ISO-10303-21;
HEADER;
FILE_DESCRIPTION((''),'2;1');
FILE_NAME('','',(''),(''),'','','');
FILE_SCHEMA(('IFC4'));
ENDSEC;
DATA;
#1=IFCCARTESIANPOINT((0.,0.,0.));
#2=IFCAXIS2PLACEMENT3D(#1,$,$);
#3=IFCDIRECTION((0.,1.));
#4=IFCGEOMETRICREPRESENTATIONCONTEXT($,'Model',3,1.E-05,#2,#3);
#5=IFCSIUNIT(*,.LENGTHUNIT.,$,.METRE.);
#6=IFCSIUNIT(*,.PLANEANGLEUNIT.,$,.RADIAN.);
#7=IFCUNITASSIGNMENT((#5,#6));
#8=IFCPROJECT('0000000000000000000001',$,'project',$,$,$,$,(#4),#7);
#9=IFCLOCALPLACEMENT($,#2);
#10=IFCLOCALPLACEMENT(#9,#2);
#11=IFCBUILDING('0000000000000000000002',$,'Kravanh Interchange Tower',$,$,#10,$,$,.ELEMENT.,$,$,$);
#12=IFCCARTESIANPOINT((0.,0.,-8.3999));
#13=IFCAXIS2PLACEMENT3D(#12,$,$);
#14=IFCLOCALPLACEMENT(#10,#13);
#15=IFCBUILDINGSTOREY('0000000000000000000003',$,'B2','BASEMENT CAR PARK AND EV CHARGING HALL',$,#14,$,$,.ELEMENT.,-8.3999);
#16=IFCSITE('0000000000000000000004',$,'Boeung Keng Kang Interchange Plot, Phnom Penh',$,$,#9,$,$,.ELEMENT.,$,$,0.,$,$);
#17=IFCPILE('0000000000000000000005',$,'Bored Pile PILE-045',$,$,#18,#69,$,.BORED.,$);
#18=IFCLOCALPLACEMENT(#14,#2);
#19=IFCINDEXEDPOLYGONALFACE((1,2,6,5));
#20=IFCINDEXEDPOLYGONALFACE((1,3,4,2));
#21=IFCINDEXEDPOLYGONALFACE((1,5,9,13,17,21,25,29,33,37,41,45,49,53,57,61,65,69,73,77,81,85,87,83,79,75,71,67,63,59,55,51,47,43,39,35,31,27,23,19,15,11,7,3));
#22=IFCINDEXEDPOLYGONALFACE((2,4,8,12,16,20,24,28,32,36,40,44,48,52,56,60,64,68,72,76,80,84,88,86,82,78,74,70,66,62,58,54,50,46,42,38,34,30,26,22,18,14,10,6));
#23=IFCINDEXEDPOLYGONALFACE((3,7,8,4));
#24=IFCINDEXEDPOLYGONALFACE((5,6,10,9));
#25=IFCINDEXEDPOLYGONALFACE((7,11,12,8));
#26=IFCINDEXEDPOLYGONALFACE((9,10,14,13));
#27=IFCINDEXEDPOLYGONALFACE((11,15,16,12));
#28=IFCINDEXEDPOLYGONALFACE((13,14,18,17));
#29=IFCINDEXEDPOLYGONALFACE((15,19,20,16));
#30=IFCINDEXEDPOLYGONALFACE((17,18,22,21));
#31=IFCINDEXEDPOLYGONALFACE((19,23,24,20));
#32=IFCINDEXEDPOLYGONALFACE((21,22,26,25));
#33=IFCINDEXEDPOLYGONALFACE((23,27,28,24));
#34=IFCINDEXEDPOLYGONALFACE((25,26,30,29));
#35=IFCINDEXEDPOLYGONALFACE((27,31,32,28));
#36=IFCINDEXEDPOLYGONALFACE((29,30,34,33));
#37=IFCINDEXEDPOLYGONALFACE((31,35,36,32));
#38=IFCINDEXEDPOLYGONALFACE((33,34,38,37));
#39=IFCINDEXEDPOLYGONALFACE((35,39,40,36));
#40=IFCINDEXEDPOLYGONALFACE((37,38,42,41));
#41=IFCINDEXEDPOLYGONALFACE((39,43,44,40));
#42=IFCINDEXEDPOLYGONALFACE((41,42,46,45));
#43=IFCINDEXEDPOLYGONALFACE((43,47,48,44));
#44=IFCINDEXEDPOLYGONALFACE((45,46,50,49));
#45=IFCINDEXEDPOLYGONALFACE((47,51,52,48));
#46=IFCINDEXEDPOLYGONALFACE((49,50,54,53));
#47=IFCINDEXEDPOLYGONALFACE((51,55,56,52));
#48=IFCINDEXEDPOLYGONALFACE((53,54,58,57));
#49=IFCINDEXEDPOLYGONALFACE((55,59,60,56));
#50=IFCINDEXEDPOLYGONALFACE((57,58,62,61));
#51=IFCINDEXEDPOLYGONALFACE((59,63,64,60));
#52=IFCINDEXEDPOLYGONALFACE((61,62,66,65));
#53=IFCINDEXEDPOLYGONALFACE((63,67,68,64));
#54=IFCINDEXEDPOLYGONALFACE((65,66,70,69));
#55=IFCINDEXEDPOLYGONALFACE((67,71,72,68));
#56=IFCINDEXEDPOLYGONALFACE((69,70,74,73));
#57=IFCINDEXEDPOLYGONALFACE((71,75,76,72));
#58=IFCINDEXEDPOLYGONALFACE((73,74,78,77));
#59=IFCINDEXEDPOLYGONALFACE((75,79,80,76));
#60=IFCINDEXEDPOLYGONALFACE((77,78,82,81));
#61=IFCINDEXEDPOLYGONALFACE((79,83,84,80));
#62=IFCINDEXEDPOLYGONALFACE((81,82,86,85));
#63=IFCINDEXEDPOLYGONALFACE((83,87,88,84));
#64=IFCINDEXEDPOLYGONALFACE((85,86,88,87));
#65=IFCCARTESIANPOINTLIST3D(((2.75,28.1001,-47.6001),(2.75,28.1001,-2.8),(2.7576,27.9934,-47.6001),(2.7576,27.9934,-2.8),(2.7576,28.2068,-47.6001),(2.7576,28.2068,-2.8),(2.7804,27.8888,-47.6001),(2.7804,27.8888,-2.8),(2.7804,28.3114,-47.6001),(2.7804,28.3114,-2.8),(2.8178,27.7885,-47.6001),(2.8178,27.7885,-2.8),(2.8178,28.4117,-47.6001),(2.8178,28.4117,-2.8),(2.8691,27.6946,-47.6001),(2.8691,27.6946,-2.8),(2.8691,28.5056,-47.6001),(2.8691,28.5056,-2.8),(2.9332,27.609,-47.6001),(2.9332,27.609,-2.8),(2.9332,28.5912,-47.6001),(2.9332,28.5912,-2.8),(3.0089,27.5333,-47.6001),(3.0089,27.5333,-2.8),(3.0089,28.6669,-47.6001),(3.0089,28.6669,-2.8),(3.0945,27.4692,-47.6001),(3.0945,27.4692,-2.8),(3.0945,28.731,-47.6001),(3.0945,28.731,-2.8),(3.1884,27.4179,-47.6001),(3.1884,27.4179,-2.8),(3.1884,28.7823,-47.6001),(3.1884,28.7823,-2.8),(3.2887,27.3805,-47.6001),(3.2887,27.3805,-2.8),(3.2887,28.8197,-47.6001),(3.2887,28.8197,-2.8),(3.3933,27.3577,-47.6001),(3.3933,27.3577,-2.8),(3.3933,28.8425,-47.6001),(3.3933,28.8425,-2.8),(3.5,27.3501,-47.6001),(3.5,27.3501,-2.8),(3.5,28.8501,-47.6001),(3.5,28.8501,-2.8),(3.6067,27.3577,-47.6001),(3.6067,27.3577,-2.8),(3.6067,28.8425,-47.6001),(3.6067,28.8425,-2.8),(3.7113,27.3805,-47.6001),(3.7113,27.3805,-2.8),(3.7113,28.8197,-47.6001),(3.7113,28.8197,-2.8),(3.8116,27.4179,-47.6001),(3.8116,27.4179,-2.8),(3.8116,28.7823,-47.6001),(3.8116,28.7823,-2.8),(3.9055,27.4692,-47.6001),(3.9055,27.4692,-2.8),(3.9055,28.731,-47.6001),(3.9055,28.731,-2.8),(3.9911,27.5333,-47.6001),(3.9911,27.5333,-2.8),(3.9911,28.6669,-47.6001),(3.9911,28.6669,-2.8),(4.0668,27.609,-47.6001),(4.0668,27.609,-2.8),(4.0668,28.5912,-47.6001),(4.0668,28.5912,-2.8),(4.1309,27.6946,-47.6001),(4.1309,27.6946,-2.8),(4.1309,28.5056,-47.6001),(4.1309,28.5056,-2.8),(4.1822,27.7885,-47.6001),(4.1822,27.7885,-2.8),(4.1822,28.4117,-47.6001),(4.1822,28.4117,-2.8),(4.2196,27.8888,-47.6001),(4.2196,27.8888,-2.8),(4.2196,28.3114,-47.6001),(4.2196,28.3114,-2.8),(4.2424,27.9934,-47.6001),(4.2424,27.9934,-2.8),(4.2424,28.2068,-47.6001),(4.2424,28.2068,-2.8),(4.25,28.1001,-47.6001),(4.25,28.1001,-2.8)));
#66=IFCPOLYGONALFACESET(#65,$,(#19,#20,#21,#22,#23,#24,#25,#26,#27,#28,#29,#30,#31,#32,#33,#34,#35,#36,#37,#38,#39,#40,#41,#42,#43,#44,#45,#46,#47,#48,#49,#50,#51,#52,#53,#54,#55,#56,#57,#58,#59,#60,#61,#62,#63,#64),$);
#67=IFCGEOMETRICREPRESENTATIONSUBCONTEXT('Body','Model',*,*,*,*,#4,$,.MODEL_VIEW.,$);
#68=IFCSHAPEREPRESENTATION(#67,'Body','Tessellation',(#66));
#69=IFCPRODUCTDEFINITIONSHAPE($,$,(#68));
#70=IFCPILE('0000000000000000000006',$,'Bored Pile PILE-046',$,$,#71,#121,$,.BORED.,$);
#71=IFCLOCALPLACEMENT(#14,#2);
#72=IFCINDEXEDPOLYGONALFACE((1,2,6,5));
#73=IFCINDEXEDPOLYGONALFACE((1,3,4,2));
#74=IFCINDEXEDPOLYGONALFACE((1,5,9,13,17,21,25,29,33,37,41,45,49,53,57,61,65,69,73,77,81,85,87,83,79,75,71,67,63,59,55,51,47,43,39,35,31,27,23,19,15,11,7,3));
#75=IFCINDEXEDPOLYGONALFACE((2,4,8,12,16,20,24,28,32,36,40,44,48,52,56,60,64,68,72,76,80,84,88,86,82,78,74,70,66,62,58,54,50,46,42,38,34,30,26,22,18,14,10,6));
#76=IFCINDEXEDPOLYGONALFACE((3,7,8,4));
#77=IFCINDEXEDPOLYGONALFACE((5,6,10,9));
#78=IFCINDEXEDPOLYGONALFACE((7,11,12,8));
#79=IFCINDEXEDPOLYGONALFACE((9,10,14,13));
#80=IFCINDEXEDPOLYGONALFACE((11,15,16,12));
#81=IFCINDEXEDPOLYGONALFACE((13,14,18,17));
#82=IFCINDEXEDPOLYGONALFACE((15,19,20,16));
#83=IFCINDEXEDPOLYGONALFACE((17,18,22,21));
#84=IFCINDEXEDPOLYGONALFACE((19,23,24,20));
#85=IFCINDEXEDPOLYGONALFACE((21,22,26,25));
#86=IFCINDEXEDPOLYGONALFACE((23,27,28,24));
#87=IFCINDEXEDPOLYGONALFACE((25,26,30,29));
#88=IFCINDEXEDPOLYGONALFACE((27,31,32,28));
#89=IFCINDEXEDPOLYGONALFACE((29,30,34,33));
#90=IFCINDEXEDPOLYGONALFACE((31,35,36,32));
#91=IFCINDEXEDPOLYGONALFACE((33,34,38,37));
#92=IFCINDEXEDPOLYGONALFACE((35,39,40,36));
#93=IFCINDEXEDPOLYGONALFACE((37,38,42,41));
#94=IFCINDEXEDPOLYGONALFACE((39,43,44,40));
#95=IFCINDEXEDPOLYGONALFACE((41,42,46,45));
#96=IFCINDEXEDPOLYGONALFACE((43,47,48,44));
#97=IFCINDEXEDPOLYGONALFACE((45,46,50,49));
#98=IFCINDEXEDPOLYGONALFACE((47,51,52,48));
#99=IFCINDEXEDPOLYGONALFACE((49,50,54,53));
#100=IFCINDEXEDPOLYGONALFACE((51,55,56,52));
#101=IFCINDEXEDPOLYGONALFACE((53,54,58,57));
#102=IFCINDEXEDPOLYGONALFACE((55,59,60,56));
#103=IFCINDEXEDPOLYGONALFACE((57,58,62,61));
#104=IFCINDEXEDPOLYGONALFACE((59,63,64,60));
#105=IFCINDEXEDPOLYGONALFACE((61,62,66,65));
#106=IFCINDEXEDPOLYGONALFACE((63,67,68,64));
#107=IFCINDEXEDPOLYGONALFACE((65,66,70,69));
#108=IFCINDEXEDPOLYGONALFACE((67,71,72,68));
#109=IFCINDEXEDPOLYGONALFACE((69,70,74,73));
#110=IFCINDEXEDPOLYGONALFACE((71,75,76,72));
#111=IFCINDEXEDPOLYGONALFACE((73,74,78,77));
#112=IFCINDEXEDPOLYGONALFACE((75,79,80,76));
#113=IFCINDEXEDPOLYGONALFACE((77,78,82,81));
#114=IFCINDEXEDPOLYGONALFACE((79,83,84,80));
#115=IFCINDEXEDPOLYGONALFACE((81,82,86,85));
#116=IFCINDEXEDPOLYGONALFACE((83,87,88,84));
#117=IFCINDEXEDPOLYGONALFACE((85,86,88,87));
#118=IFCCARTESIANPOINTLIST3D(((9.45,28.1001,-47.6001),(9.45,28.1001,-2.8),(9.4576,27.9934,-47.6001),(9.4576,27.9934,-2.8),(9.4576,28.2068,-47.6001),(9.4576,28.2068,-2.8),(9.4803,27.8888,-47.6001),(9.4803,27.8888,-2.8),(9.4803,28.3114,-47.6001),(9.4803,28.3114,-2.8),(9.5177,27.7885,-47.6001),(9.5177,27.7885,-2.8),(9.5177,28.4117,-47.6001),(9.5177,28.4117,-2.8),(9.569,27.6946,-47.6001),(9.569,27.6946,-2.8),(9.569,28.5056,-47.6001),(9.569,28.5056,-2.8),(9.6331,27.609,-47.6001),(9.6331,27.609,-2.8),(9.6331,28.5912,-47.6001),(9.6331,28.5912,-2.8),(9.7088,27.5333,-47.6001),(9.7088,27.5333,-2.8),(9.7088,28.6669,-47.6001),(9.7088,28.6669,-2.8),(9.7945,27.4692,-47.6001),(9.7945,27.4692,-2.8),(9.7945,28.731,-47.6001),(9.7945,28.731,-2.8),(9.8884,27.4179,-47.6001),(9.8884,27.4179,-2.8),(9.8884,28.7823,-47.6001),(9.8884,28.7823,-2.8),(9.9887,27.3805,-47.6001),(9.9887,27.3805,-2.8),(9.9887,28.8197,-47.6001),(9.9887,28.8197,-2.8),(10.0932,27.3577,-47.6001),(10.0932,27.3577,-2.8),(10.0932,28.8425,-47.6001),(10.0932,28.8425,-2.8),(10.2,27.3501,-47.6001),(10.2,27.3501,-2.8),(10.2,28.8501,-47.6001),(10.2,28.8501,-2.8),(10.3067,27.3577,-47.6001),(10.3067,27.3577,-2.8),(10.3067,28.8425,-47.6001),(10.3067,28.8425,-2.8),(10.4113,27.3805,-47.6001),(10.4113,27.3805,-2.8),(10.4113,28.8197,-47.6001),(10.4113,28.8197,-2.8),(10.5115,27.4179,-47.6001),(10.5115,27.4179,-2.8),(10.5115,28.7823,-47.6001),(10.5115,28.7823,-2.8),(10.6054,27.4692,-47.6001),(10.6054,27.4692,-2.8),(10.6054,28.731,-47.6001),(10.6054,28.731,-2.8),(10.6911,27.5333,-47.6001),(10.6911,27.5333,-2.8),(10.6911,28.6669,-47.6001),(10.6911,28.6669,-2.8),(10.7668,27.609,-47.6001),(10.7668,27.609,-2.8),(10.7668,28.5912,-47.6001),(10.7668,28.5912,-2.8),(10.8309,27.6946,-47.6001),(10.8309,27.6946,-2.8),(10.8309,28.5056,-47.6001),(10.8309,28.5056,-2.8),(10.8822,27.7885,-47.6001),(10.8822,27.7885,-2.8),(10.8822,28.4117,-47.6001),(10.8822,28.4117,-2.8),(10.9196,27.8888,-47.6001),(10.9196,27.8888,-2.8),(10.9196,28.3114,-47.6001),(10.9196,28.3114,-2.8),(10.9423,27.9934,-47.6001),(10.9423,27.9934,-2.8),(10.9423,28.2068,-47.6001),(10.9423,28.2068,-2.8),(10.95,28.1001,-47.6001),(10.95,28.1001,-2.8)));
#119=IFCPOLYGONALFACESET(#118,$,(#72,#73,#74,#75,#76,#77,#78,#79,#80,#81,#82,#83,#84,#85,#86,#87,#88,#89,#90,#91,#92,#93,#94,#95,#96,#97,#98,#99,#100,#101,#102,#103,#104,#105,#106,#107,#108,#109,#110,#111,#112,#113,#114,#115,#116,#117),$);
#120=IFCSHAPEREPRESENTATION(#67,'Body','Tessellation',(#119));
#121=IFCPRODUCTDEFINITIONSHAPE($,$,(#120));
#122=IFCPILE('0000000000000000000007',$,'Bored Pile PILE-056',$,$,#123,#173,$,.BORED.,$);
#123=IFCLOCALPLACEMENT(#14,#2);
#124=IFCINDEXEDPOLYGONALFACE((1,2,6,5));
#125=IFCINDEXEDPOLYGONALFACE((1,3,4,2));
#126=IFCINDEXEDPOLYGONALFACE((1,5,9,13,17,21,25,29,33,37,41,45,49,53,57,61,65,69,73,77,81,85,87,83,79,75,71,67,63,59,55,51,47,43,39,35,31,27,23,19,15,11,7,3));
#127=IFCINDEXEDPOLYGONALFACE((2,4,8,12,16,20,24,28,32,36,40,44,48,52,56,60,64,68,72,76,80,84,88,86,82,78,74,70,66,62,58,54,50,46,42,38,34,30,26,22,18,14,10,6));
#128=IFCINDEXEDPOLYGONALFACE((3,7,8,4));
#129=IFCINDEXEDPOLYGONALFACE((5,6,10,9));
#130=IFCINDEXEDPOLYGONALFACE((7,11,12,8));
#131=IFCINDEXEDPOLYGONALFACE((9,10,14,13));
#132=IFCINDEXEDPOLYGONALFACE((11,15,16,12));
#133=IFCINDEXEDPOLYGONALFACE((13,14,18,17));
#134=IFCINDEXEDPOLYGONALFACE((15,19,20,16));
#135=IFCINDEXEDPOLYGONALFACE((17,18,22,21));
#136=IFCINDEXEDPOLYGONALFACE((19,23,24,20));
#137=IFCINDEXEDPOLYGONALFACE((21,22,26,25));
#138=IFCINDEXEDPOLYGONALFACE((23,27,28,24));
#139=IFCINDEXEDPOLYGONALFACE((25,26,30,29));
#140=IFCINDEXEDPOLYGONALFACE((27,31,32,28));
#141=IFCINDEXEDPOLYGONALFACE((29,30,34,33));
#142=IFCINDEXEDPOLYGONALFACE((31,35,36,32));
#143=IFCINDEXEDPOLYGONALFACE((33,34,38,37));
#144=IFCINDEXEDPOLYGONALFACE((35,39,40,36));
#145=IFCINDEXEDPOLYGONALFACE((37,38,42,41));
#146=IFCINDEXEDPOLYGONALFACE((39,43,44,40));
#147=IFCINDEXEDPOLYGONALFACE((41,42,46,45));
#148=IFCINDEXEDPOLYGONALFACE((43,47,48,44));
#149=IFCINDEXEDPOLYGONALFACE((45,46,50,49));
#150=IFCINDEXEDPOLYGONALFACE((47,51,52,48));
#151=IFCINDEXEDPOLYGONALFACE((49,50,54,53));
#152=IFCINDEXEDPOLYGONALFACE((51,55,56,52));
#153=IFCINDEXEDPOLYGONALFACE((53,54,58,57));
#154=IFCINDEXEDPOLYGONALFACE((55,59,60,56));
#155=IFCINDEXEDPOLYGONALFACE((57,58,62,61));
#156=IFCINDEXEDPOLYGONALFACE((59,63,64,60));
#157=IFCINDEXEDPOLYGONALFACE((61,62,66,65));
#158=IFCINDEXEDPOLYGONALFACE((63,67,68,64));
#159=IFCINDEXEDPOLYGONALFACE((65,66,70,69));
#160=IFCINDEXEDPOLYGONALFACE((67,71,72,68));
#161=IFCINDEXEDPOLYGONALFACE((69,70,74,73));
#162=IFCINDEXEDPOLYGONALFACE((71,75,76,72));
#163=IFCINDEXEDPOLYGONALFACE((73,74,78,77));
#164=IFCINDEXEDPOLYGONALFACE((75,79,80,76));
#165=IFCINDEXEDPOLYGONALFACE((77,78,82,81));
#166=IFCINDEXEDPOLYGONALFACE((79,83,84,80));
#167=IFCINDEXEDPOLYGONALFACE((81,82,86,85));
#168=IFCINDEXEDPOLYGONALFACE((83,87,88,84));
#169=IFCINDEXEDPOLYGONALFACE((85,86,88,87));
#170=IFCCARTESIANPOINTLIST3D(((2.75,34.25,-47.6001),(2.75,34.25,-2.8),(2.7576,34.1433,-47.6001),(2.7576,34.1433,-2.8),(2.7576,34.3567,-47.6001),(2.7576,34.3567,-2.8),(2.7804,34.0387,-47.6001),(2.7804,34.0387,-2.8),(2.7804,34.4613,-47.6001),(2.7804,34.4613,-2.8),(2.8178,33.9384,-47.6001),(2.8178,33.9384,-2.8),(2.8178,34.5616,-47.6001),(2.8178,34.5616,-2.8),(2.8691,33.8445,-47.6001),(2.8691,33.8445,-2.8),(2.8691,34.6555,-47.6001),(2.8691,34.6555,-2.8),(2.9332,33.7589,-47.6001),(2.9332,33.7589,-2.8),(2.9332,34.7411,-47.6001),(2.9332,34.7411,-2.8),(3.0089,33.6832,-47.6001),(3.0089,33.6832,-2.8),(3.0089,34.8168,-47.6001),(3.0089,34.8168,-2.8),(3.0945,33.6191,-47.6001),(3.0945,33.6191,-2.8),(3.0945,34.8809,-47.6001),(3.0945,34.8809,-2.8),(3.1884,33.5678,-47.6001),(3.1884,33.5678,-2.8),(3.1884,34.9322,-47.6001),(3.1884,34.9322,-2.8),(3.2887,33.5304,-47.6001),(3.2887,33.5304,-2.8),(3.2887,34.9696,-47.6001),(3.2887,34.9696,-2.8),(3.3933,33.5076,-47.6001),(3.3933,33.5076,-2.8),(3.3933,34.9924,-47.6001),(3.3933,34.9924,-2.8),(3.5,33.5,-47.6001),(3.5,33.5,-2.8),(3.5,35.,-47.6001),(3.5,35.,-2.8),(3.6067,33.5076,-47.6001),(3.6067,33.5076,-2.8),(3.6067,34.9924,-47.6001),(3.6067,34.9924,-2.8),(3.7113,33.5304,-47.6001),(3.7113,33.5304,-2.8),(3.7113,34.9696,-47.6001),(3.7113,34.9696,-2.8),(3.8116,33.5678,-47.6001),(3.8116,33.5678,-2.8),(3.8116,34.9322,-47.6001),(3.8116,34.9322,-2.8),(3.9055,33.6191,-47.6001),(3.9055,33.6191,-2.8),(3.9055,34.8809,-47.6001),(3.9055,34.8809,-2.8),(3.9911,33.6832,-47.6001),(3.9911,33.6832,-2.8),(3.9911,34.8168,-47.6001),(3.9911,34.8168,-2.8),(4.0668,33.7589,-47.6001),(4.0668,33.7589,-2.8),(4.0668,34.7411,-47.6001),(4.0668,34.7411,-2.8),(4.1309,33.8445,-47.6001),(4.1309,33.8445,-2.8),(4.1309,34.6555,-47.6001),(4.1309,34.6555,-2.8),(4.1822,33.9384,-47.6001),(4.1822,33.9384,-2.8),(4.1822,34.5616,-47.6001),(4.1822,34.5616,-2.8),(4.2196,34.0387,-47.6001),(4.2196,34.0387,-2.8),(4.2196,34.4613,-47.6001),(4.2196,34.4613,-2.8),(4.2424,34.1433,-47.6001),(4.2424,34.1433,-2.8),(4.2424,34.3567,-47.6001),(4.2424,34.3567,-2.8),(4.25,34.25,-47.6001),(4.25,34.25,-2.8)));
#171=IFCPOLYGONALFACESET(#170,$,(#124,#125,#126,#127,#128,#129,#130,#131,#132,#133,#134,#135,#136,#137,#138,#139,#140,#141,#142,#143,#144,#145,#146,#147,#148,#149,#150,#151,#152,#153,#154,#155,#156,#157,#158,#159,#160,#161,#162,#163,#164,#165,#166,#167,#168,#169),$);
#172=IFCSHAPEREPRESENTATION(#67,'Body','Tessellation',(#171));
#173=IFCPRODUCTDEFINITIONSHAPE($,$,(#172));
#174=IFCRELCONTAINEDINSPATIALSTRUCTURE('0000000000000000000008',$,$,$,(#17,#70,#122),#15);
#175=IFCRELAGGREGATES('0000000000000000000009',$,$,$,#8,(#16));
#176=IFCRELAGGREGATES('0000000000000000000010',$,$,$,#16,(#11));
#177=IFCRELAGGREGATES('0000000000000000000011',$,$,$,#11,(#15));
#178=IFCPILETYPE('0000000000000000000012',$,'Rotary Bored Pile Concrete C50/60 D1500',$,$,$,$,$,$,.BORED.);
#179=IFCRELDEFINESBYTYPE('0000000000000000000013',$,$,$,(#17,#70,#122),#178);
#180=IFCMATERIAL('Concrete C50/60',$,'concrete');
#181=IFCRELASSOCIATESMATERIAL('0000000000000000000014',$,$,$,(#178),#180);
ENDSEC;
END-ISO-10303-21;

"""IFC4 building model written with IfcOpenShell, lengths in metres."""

from ifc_helpers import new_model, si_unit, direction, frame, origin, origin_2d, place, context, subcontext, project, spatial, circle, extrude, material, material_profile, profile_set, type_object, element, save


model = new_model("IFC4")

# Units and contexts
model_context = context("Model", 3, precision=1e-05, world=origin(), true_north=direction((0.0, 1.0)))
body_context = subcontext(model_context, "Body", "Model", "MODEL_VIEW")
ifc_project = project(units=[si_unit("LENGTHUNIT", "METRE"), si_unit("PLANEANGLEUNIT", "RADIAN")], contexts=[model_context])

# Site, building, storey
site_placement = place(None, origin())
site = spatial("IfcSite", under=ifc_project, at=site_placement, Name="Boeung Keng Kang Interchange Plot, Phnom Penh", CompositionType="ELEMENT", RefElevation=0.0)
building_placement = place(site_placement, origin())
building = spatial("IfcBuilding", under=site, at=building_placement, Name="Kravanh Interchange Tower", CompositionType="ELEMENT")
storey_placement = place(building_placement, frame((0.0, 0.0, -8.3999)))
storey = spatial("IfcBuildingStorey", under=building, at=storey_placement, Name="B2", Description="BASEMENT CAR PARK AND EV CHARGING HALL", CompositionType="ELEMENT", Elevation=-8.3999)

# Piles
ifc_material_1 = material(Name="Concrete C50/60", Category="concrete")
ifc_material_profile_1 = material_profile(ifc_material_1, circle(Radius=0.75, at=origin_2d()), Name="PILE-D1500")
ifc_profile_set_1 = profile_set([ifc_material_profile_1], Name="Concrete C50/60")
pile_type_1 = type_object("IfcPileType", Name="Rotary Bored Pile Concrete C50/60 D1500", PredefinedType="BORED", material=ifc_profile_set_1)
for number, where, z_axis, x_axis, name in (
    (1, (3.5, 28.1001, -2.8), (0.0, 0.0, -1.0), (1.0, 0.0, 0.0), "Bored Pile PILE-045"),
    (2, (10.2, 28.1001, -2.8), (0.0, 0.0, -1.0), (1.0, 0.0, 0.0), "Bored Pile PILE-046"),
    (3, (3.5, 34.25, -2.8), (0.0, 0.0, -1.0), (1.0, 0.0, 0.0), "Bored Pile PILE-056"),
):
    element("IfcPile", number, at=place(storey_placement, frame(where, z_axis=z_axis, x_axis=x_axis)), inside=storey, type_object=pile_type_1, Name=name, PredefinedType="BORED", context=body_context, shape_type="SweptSolid", body=[
        extrude(circle(Radius=0.75, at=origin_2d()), origin(), (0.0, 0.0, 1.0), 44.8),
    ])

save(model, "model.ifc")
